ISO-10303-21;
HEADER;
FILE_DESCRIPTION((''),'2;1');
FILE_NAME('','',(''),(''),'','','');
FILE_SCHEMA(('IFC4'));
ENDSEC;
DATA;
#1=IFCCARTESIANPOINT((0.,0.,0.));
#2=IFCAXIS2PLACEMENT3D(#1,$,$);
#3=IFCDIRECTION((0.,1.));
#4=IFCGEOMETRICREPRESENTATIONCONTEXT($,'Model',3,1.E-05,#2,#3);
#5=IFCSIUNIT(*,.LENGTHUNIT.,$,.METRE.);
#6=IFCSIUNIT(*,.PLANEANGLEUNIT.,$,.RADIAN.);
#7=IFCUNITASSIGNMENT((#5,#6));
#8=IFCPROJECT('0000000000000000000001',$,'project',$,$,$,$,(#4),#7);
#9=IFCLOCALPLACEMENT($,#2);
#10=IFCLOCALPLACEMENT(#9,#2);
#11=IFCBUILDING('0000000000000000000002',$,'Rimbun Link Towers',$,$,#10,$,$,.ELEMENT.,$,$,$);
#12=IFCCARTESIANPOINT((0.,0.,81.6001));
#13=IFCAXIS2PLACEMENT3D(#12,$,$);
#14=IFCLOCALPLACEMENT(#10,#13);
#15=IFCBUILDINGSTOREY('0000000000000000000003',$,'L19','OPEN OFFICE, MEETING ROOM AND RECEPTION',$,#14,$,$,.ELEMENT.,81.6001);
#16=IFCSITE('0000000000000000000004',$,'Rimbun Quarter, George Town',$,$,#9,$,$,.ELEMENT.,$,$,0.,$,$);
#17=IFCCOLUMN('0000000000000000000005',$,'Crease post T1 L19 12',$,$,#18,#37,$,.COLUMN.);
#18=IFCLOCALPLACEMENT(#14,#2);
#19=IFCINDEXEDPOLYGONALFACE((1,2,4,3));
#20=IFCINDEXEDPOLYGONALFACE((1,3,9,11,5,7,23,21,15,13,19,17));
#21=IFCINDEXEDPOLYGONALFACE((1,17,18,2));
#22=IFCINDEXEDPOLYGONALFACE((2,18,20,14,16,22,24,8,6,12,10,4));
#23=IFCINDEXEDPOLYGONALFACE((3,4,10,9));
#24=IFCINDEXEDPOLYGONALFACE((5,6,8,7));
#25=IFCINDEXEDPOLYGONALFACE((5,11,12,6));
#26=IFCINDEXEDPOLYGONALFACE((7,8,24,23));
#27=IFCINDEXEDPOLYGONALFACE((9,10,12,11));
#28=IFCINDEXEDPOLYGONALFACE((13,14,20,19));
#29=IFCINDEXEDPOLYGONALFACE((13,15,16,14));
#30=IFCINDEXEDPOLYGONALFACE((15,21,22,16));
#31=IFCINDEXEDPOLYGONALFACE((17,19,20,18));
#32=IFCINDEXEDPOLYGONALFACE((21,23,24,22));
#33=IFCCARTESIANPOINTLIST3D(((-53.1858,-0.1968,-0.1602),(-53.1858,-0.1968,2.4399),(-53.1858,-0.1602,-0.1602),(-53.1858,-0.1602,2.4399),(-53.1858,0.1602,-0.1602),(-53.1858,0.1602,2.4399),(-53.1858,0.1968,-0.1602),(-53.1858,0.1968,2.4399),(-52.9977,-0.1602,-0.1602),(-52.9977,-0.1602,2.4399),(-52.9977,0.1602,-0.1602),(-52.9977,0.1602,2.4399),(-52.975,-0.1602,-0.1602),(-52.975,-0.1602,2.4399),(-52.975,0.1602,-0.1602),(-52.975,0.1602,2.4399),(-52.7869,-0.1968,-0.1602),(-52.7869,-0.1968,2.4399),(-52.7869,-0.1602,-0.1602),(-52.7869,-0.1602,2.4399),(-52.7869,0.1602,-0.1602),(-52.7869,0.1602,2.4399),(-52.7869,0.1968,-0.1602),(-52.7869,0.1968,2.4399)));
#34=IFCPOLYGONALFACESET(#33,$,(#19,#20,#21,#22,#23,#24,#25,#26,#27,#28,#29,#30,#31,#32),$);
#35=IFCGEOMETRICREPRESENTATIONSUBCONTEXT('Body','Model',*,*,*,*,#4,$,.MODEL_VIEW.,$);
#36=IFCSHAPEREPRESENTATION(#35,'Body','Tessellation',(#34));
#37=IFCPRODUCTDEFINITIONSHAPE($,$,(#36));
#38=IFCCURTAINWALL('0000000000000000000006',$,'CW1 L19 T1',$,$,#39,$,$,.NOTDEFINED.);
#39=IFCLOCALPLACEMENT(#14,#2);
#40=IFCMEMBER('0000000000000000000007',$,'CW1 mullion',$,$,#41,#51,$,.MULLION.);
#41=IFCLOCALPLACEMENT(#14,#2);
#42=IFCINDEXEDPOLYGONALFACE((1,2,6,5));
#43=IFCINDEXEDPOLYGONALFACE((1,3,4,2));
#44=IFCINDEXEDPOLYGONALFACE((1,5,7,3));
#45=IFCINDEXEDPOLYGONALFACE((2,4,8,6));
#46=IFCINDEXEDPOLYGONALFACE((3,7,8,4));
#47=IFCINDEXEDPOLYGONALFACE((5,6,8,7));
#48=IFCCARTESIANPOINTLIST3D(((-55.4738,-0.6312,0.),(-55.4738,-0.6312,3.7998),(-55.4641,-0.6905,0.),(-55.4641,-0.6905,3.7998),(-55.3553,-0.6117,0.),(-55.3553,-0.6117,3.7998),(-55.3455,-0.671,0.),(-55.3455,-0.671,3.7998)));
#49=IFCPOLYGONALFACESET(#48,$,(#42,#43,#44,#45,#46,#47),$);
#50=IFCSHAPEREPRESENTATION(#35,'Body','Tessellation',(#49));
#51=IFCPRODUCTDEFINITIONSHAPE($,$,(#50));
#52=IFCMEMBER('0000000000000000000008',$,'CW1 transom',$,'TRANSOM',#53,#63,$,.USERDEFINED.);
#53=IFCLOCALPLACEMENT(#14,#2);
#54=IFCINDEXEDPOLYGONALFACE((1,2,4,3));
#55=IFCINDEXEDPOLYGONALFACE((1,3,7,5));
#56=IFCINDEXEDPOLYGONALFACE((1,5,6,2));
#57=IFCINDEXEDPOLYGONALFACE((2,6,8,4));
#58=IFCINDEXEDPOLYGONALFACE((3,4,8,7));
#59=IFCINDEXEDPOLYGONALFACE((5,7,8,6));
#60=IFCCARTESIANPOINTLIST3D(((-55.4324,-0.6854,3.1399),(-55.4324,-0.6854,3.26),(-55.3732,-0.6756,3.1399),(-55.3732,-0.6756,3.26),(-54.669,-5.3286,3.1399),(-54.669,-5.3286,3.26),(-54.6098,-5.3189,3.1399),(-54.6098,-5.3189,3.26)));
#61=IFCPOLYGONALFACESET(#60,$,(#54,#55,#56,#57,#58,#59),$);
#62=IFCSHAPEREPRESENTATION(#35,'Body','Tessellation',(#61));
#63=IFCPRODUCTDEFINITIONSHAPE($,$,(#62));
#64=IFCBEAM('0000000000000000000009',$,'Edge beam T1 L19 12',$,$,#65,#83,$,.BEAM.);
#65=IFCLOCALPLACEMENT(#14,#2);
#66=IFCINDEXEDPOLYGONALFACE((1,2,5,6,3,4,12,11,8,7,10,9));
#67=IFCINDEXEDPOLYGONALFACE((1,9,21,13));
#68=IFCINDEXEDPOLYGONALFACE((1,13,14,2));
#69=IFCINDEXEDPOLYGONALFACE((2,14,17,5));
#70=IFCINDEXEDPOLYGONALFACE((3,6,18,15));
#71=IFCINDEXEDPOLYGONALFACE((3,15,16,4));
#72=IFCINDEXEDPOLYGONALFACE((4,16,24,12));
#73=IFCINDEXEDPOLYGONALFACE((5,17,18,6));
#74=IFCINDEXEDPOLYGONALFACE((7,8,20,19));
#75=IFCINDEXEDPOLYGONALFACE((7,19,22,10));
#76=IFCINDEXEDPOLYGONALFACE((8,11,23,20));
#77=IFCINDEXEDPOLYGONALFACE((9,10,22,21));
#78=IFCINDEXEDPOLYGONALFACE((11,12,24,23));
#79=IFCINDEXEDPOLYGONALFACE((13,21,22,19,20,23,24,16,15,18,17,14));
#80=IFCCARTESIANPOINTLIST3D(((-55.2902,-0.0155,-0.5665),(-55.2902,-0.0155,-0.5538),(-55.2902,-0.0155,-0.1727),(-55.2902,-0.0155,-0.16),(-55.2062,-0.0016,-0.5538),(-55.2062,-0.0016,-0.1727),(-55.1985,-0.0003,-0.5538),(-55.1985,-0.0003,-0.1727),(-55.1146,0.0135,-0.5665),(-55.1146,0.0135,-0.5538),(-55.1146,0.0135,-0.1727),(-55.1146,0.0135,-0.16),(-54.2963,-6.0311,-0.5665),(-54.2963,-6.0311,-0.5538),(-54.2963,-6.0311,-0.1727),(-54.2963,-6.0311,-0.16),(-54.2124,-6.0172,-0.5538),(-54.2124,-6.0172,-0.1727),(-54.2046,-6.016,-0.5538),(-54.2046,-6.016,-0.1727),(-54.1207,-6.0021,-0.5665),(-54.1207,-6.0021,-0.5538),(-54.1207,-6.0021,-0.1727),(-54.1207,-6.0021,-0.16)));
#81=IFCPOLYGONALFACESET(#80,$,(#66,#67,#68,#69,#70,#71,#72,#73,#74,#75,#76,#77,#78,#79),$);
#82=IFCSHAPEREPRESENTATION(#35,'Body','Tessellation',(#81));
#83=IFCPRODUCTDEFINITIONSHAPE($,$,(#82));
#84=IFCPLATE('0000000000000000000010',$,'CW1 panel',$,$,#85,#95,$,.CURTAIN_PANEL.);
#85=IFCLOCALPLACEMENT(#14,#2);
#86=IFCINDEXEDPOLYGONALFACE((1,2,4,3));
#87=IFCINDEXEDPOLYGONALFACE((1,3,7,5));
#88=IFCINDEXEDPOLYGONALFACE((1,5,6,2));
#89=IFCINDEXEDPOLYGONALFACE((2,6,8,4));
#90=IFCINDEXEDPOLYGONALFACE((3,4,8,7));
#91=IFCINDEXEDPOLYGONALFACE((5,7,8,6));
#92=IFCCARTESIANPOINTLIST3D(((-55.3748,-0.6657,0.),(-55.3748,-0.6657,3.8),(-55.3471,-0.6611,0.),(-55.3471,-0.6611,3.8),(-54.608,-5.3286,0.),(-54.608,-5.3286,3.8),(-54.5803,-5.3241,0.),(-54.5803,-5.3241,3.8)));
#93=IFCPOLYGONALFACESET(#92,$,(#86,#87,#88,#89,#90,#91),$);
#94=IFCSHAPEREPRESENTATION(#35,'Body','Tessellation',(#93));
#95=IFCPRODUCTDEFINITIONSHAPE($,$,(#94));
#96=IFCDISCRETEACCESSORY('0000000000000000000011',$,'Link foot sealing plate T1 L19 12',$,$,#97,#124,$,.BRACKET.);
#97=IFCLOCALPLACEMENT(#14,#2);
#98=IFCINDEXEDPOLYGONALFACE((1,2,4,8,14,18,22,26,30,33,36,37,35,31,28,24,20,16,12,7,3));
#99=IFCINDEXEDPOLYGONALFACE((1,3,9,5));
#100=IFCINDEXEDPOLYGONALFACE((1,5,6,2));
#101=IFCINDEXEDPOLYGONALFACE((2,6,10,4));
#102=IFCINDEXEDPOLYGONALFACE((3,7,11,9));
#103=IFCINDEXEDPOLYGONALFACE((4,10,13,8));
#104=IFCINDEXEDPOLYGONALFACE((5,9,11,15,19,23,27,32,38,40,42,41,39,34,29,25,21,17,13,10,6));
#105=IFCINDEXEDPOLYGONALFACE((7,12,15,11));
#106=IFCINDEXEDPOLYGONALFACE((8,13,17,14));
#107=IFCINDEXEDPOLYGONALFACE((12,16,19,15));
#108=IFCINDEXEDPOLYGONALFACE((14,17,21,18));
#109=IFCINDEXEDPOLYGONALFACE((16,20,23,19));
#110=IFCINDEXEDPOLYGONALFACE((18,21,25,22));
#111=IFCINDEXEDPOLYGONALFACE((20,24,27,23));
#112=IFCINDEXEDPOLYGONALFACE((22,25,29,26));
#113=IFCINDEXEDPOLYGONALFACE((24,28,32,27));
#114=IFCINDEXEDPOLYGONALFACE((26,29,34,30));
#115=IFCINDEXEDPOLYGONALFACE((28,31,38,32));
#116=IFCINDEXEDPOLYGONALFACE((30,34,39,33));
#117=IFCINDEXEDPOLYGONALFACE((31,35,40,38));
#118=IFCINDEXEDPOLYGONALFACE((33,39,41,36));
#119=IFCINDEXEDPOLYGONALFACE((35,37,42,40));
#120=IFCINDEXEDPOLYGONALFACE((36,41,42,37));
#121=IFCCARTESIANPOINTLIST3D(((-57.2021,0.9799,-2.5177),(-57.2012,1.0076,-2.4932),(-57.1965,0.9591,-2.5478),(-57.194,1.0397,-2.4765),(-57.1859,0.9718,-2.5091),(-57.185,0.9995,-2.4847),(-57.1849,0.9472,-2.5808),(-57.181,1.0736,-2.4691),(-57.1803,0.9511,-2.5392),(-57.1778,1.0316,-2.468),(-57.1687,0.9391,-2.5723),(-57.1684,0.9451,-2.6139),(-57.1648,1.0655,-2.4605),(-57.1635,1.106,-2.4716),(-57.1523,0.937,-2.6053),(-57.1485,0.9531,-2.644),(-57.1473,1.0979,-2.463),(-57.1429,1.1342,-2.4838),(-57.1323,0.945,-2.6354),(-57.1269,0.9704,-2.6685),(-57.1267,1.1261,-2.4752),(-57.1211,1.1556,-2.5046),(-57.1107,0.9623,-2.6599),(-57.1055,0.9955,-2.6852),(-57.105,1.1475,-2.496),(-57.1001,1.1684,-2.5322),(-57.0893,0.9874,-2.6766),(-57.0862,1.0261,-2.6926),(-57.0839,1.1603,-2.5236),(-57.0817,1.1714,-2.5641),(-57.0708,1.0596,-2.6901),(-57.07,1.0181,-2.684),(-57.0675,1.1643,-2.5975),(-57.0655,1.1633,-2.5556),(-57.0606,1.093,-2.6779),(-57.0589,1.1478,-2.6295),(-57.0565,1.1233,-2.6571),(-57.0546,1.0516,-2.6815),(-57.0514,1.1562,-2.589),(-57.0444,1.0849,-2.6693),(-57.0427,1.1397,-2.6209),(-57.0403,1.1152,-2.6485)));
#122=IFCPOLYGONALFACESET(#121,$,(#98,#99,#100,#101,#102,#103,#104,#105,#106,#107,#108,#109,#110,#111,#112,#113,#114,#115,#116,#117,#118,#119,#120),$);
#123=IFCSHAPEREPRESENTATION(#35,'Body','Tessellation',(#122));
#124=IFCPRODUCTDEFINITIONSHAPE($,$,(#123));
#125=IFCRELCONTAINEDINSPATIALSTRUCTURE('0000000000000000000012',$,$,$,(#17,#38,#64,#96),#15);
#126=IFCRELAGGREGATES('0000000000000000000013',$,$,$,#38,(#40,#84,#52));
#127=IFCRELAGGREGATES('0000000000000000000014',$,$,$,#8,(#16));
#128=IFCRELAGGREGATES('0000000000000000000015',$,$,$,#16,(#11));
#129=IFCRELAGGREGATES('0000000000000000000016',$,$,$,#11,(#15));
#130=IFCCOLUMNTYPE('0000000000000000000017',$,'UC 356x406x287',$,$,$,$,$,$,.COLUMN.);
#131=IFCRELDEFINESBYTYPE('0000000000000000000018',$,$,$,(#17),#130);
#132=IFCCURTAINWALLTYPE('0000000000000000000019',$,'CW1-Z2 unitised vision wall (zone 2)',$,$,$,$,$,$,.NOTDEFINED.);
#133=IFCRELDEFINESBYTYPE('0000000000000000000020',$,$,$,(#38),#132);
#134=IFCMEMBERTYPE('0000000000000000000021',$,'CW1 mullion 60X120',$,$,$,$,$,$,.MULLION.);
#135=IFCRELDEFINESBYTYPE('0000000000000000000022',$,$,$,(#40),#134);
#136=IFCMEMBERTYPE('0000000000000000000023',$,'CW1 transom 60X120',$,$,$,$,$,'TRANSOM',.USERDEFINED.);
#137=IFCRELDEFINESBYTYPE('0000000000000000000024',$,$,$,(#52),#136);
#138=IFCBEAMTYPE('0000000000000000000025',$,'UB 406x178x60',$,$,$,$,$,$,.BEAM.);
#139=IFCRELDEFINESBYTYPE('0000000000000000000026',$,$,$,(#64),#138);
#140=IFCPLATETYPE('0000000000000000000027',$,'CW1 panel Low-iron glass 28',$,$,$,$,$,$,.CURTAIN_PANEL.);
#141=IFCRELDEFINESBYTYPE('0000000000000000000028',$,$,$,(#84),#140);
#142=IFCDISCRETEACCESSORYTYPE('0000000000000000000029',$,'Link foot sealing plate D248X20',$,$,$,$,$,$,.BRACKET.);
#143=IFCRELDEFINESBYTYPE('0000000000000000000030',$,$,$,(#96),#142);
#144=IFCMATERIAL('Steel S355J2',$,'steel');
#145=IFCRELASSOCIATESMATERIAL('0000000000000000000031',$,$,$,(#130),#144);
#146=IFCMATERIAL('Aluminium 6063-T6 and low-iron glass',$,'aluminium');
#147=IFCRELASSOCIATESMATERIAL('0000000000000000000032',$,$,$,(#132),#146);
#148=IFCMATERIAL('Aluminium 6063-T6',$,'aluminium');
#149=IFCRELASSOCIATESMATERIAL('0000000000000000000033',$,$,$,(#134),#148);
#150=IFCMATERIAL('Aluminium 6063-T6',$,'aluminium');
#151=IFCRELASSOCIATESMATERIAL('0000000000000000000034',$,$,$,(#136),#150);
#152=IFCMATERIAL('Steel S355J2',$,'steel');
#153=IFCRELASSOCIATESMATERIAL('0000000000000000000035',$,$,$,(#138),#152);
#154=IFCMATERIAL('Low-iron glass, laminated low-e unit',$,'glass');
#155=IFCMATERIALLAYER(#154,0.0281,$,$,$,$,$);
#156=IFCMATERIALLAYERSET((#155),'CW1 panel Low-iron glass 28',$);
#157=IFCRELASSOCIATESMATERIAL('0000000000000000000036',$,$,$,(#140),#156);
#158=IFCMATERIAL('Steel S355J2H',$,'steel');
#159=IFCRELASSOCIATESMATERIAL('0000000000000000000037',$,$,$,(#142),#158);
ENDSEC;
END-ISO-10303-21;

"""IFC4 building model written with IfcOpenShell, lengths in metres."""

from ifc_helpers import new_model, si_unit, direction, frame, origin, origin_2d, place, context, subcontext, project, spatial, rectangle, circle, i_section, extrude, material, layer, layer_set, material_profile, profile_set, type_object, element, aggregate, save


model = new_model("IFC4")

# Units and contexts
model_context = context("Model", 3, precision=1e-05, world=origin(), true_north=direction((0.0, 1.0)))
body_context = subcontext(model_context, "Body", "Model", "MODEL_VIEW")
ifc_project = project(units=[si_unit("LENGTHUNIT", "METRE"), si_unit("PLANEANGLEUNIT", "RADIAN")], contexts=[model_context])

# Site, building, storey
site_placement = place(None, origin())
site = spatial("IfcSite", under=ifc_project, at=site_placement, Name="Rimbun Quarter, George Town", CompositionType="ELEMENT", RefElevation=0.0)
building_placement = place(site_placement, origin())
building = spatial("IfcBuilding", under=site, at=building_placement, Name="Rimbun Link Towers", CompositionType="ELEMENT")
storey_placement = place(building_placement, frame((0.0, 0.0, 81.6001)))
storey = spatial("IfcBuildingStorey", under=building, at=storey_placement, Name="L19", Description="OPEN OFFICE, MEETING ROOM AND RECEPTION", CompositionType="ELEMENT", Elevation=81.6001)

# Column
ifc_material_1 = material(Name="Steel S355J2", Category="steel")
ifc_material_profile_1 = material_profile(ifc_material_1, i_section(OverallWidth=0.3989, OverallDepth=0.3936, WebThickness=0.0227, FlangeThickness=0.0366, at=origin_2d()), Name="UC 356x406x287")
ifc_profile_set_1 = profile_set([ifc_material_profile_1], Name="Steel S355J2")
column_type = type_object("IfcColumnType", Name="UC 356x406x287", PredefinedType="COLUMN", material=ifc_profile_set_1)
column_placement = place(storey_placement, frame((-52.9863, 0.0, -0.1602), z_axis=(0.0, 0.0, 1.0), x_axis=(1.0, 0.0, 0.0)))
element("IfcColumn", 1, at=column_placement, inside=storey, type_object=column_type, Name="Crease post T1 L19 12", PredefinedType="COLUMN", context=body_context, shape_type="SweptSolid", body=[
    extrude(i_section(OverallWidth=0.3989, OverallDepth=0.3936, WebThickness=0.0227, FlangeThickness=0.0366, at=origin_2d()), origin(), (0.0, 0.0, 1.0), 2.6001),
])

# Curtain wall, members
ifc_material_2 = material(Name="Aluminium 6063-T6 and low-iron glass", Category="aluminium")
curtain_wall_type = type_object("IfcCurtainWallType", Name="CW1-Z2 unitised vision wall (zone 2)", PredefinedType="NOTDEFINED", material=ifc_material_2)
curtain_wall_placement = place(storey_placement, origin())
curtain_wall = element("IfcCurtainWall", 2, at=curtain_wall_placement, inside=storey, type_object=curtain_wall_type, Name="CW1 L19 T1", PredefinedType="NOTDEFINED")
ifc_material_3 = material(Name="Aluminium 6063-T6", Category="aluminium")
ifc_material_profile_2 = material_profile(ifc_material_3, rectangle(XDim=0.1201, YDim=0.0601, at=origin_2d()), Name="MULLION 60X120")
ifc_profile_set_2 = profile_set([ifc_material_profile_2], Name="Aluminium 6063-T6")
member_type_1 = type_object("IfcMemberType", Name="CW1 mullion 60X120", PredefinedType="MULLION", material=ifc_profile_set_2)
member_1_placement = place(storey_placement, frame((-55.4097, -0.6511, 0.0), z_axis=(0.0, 0.0, 1.0), x_axis=(-0.986749, -0.162255, 0.0)))
member_1 = element("IfcMember", 3, at=member_1_placement, type_object=member_type_1, Name="CW1 mullion", PredefinedType="MULLION", context=body_context, shape_type="SweptSolid", body=[
    extrude(rectangle(XDim=0.1201, YDim=0.0601, at=origin_2d()), origin(), (0.0, 0.0, 1.0), 3.7998),
])
ifc_material_4 = material(Name="Aluminium 6063-T6", Category="aluminium")
ifc_material_profile_3 = material_profile(ifc_material_4, rectangle(XDim=0.0601, YDim=0.1201, at=origin_2d()), Name="TRANSOM 60X120")
ifc_profile_set_3 = profile_set([ifc_material_profile_3], Name="Aluminium 6063-T6")
member_type_2 = type_object("IfcMemberType", Name="CW1 transom 60X120", ElementType="TRANSOM", PredefinedType="USERDEFINED", material=ifc_profile_set_3)
member_2_placement = place(storey_placement, frame((-54.6394, -5.3237, 3.2), z_axis=(-0.162236, 0.986752, 0.0), x_axis=(-0.986752, -0.162236, 0.0)))
member_2 = element("IfcMember", 4, at=member_2_placement, type_object=member_type_2, Name="CW1 transom", ObjectType="TRANSOM", PredefinedType="USERDEFINED", context=body_context, shape_type="SweptSolid", body=[
    extrude(rectangle(XDim=0.0601, YDim=0.1201, at=origin_2d()), origin(), (0.0, 0.0, 1.0), 4.7056),
])

# Beam
ifc_material_5 = material(Name="Steel S355J2", Category="steel")
ifc_material_profile_4 = material_profile(ifc_material_5, i_section(OverallWidth=0.178, OverallDepth=0.4065, WebThickness=0.0078, FlangeThickness=0.0127, at=origin_2d()), Name="UB 406x178x60")
ifc_profile_set_4 = profile_set([ifc_material_profile_4], Name="Steel S355J2")
beam_type = type_object("IfcBeamType", Name="UB 406x178x60", PredefinedType="BEAM", material=ifc_profile_set_4)
beam_placement = place(storey_placement, frame((-55.2024, -0.001, -0.3633), z_axis=(0.163009, -0.986625, 0.0), x_axis=(0.986625, 0.163009, 0.0)))
element("IfcBeam", 5, at=beam_placement, inside=storey, type_object=beam_type, Name="Edge beam T1 L19 12", PredefinedType="BEAM", context=body_context, shape_type="SweptSolid", body=[
    extrude(i_section(OverallWidth=0.178, OverallDepth=0.4065, WebThickness=0.0078, FlangeThickness=0.0127, at=origin_2d()), origin(), (0.0, 0.0, 1.0), 6.0972),
])

# Plate
ifc_material_6 = material(Name="Low-iron glass, laminated low-e unit", Category="glass")
ifc_layer = layer(ifc_material_6, 0.0281)
ifc_layer_set = layer_set([ifc_layer], Name="CW1 panel Low-iron glass 28")
plate_type = type_object("IfcPlateType", Name="CW1 panel Low-iron glass 28", PredefinedType="CURTAIN_PANEL", material=ifc_layer_set)
plate_placement = place(storey_placement, frame((-54.9775, -2.9949, 0.0), z_axis=(0.0, 0.0, 1.0), x_axis=(-0.162255, 0.986749, 0.0)))
plate = element("IfcPlate", 6, at=plate_placement, type_object=plate_type, Name="CW1 panel", PredefinedType="CURTAIN_PANEL", context=body_context, shape_type="SweptSolid", body=[
    extrude(rectangle(XDim=4.7256, YDim=0.0281, at=origin_2d()), origin(), (0.0, 0.0, 1.0), 3.8),
])
aggregate(curtain_wall, [member_1, plate, member_2])

# Discrete accessory
ifc_material_7 = material(Name="Steel S355J2H", Category="steel")
ifc_material_profile_5 = material_profile(ifc_material_7, circle(Radius=0.124, at=origin_2d()), Name="PL D248")
ifc_profile_set_5 = profile_set([ifc_material_profile_5], Name="Steel S355J2H")
discrete_accessory_type = type_object("IfcDiscreteAccessoryType", Name="Link foot sealing plate D248X20", PredefinedType="BRACKET", material=ifc_profile_set_5)
discrete_accessory_placement = place(storey_placement, frame((-57.1133, 1.05, -2.5723), z_axis=(-0.80813, 0.404065, -0.428554), x_axis=(-0.447214, -0.894427, 0.0)))
element("IfcDiscreteAccessory", 7, at=discrete_accessory_placement, inside=storey, type_object=discrete_accessory_type, Name="Link foot sealing plate T1 L19 12", PredefinedType="BRACKET", context=body_context, shape_type="SweptSolid", body=[
    extrude(circle(Radius=0.124, at=origin_2d()), origin(), (0.0, 0.0, 1.0), 0.02),
])

save(model, "model.ifc")
